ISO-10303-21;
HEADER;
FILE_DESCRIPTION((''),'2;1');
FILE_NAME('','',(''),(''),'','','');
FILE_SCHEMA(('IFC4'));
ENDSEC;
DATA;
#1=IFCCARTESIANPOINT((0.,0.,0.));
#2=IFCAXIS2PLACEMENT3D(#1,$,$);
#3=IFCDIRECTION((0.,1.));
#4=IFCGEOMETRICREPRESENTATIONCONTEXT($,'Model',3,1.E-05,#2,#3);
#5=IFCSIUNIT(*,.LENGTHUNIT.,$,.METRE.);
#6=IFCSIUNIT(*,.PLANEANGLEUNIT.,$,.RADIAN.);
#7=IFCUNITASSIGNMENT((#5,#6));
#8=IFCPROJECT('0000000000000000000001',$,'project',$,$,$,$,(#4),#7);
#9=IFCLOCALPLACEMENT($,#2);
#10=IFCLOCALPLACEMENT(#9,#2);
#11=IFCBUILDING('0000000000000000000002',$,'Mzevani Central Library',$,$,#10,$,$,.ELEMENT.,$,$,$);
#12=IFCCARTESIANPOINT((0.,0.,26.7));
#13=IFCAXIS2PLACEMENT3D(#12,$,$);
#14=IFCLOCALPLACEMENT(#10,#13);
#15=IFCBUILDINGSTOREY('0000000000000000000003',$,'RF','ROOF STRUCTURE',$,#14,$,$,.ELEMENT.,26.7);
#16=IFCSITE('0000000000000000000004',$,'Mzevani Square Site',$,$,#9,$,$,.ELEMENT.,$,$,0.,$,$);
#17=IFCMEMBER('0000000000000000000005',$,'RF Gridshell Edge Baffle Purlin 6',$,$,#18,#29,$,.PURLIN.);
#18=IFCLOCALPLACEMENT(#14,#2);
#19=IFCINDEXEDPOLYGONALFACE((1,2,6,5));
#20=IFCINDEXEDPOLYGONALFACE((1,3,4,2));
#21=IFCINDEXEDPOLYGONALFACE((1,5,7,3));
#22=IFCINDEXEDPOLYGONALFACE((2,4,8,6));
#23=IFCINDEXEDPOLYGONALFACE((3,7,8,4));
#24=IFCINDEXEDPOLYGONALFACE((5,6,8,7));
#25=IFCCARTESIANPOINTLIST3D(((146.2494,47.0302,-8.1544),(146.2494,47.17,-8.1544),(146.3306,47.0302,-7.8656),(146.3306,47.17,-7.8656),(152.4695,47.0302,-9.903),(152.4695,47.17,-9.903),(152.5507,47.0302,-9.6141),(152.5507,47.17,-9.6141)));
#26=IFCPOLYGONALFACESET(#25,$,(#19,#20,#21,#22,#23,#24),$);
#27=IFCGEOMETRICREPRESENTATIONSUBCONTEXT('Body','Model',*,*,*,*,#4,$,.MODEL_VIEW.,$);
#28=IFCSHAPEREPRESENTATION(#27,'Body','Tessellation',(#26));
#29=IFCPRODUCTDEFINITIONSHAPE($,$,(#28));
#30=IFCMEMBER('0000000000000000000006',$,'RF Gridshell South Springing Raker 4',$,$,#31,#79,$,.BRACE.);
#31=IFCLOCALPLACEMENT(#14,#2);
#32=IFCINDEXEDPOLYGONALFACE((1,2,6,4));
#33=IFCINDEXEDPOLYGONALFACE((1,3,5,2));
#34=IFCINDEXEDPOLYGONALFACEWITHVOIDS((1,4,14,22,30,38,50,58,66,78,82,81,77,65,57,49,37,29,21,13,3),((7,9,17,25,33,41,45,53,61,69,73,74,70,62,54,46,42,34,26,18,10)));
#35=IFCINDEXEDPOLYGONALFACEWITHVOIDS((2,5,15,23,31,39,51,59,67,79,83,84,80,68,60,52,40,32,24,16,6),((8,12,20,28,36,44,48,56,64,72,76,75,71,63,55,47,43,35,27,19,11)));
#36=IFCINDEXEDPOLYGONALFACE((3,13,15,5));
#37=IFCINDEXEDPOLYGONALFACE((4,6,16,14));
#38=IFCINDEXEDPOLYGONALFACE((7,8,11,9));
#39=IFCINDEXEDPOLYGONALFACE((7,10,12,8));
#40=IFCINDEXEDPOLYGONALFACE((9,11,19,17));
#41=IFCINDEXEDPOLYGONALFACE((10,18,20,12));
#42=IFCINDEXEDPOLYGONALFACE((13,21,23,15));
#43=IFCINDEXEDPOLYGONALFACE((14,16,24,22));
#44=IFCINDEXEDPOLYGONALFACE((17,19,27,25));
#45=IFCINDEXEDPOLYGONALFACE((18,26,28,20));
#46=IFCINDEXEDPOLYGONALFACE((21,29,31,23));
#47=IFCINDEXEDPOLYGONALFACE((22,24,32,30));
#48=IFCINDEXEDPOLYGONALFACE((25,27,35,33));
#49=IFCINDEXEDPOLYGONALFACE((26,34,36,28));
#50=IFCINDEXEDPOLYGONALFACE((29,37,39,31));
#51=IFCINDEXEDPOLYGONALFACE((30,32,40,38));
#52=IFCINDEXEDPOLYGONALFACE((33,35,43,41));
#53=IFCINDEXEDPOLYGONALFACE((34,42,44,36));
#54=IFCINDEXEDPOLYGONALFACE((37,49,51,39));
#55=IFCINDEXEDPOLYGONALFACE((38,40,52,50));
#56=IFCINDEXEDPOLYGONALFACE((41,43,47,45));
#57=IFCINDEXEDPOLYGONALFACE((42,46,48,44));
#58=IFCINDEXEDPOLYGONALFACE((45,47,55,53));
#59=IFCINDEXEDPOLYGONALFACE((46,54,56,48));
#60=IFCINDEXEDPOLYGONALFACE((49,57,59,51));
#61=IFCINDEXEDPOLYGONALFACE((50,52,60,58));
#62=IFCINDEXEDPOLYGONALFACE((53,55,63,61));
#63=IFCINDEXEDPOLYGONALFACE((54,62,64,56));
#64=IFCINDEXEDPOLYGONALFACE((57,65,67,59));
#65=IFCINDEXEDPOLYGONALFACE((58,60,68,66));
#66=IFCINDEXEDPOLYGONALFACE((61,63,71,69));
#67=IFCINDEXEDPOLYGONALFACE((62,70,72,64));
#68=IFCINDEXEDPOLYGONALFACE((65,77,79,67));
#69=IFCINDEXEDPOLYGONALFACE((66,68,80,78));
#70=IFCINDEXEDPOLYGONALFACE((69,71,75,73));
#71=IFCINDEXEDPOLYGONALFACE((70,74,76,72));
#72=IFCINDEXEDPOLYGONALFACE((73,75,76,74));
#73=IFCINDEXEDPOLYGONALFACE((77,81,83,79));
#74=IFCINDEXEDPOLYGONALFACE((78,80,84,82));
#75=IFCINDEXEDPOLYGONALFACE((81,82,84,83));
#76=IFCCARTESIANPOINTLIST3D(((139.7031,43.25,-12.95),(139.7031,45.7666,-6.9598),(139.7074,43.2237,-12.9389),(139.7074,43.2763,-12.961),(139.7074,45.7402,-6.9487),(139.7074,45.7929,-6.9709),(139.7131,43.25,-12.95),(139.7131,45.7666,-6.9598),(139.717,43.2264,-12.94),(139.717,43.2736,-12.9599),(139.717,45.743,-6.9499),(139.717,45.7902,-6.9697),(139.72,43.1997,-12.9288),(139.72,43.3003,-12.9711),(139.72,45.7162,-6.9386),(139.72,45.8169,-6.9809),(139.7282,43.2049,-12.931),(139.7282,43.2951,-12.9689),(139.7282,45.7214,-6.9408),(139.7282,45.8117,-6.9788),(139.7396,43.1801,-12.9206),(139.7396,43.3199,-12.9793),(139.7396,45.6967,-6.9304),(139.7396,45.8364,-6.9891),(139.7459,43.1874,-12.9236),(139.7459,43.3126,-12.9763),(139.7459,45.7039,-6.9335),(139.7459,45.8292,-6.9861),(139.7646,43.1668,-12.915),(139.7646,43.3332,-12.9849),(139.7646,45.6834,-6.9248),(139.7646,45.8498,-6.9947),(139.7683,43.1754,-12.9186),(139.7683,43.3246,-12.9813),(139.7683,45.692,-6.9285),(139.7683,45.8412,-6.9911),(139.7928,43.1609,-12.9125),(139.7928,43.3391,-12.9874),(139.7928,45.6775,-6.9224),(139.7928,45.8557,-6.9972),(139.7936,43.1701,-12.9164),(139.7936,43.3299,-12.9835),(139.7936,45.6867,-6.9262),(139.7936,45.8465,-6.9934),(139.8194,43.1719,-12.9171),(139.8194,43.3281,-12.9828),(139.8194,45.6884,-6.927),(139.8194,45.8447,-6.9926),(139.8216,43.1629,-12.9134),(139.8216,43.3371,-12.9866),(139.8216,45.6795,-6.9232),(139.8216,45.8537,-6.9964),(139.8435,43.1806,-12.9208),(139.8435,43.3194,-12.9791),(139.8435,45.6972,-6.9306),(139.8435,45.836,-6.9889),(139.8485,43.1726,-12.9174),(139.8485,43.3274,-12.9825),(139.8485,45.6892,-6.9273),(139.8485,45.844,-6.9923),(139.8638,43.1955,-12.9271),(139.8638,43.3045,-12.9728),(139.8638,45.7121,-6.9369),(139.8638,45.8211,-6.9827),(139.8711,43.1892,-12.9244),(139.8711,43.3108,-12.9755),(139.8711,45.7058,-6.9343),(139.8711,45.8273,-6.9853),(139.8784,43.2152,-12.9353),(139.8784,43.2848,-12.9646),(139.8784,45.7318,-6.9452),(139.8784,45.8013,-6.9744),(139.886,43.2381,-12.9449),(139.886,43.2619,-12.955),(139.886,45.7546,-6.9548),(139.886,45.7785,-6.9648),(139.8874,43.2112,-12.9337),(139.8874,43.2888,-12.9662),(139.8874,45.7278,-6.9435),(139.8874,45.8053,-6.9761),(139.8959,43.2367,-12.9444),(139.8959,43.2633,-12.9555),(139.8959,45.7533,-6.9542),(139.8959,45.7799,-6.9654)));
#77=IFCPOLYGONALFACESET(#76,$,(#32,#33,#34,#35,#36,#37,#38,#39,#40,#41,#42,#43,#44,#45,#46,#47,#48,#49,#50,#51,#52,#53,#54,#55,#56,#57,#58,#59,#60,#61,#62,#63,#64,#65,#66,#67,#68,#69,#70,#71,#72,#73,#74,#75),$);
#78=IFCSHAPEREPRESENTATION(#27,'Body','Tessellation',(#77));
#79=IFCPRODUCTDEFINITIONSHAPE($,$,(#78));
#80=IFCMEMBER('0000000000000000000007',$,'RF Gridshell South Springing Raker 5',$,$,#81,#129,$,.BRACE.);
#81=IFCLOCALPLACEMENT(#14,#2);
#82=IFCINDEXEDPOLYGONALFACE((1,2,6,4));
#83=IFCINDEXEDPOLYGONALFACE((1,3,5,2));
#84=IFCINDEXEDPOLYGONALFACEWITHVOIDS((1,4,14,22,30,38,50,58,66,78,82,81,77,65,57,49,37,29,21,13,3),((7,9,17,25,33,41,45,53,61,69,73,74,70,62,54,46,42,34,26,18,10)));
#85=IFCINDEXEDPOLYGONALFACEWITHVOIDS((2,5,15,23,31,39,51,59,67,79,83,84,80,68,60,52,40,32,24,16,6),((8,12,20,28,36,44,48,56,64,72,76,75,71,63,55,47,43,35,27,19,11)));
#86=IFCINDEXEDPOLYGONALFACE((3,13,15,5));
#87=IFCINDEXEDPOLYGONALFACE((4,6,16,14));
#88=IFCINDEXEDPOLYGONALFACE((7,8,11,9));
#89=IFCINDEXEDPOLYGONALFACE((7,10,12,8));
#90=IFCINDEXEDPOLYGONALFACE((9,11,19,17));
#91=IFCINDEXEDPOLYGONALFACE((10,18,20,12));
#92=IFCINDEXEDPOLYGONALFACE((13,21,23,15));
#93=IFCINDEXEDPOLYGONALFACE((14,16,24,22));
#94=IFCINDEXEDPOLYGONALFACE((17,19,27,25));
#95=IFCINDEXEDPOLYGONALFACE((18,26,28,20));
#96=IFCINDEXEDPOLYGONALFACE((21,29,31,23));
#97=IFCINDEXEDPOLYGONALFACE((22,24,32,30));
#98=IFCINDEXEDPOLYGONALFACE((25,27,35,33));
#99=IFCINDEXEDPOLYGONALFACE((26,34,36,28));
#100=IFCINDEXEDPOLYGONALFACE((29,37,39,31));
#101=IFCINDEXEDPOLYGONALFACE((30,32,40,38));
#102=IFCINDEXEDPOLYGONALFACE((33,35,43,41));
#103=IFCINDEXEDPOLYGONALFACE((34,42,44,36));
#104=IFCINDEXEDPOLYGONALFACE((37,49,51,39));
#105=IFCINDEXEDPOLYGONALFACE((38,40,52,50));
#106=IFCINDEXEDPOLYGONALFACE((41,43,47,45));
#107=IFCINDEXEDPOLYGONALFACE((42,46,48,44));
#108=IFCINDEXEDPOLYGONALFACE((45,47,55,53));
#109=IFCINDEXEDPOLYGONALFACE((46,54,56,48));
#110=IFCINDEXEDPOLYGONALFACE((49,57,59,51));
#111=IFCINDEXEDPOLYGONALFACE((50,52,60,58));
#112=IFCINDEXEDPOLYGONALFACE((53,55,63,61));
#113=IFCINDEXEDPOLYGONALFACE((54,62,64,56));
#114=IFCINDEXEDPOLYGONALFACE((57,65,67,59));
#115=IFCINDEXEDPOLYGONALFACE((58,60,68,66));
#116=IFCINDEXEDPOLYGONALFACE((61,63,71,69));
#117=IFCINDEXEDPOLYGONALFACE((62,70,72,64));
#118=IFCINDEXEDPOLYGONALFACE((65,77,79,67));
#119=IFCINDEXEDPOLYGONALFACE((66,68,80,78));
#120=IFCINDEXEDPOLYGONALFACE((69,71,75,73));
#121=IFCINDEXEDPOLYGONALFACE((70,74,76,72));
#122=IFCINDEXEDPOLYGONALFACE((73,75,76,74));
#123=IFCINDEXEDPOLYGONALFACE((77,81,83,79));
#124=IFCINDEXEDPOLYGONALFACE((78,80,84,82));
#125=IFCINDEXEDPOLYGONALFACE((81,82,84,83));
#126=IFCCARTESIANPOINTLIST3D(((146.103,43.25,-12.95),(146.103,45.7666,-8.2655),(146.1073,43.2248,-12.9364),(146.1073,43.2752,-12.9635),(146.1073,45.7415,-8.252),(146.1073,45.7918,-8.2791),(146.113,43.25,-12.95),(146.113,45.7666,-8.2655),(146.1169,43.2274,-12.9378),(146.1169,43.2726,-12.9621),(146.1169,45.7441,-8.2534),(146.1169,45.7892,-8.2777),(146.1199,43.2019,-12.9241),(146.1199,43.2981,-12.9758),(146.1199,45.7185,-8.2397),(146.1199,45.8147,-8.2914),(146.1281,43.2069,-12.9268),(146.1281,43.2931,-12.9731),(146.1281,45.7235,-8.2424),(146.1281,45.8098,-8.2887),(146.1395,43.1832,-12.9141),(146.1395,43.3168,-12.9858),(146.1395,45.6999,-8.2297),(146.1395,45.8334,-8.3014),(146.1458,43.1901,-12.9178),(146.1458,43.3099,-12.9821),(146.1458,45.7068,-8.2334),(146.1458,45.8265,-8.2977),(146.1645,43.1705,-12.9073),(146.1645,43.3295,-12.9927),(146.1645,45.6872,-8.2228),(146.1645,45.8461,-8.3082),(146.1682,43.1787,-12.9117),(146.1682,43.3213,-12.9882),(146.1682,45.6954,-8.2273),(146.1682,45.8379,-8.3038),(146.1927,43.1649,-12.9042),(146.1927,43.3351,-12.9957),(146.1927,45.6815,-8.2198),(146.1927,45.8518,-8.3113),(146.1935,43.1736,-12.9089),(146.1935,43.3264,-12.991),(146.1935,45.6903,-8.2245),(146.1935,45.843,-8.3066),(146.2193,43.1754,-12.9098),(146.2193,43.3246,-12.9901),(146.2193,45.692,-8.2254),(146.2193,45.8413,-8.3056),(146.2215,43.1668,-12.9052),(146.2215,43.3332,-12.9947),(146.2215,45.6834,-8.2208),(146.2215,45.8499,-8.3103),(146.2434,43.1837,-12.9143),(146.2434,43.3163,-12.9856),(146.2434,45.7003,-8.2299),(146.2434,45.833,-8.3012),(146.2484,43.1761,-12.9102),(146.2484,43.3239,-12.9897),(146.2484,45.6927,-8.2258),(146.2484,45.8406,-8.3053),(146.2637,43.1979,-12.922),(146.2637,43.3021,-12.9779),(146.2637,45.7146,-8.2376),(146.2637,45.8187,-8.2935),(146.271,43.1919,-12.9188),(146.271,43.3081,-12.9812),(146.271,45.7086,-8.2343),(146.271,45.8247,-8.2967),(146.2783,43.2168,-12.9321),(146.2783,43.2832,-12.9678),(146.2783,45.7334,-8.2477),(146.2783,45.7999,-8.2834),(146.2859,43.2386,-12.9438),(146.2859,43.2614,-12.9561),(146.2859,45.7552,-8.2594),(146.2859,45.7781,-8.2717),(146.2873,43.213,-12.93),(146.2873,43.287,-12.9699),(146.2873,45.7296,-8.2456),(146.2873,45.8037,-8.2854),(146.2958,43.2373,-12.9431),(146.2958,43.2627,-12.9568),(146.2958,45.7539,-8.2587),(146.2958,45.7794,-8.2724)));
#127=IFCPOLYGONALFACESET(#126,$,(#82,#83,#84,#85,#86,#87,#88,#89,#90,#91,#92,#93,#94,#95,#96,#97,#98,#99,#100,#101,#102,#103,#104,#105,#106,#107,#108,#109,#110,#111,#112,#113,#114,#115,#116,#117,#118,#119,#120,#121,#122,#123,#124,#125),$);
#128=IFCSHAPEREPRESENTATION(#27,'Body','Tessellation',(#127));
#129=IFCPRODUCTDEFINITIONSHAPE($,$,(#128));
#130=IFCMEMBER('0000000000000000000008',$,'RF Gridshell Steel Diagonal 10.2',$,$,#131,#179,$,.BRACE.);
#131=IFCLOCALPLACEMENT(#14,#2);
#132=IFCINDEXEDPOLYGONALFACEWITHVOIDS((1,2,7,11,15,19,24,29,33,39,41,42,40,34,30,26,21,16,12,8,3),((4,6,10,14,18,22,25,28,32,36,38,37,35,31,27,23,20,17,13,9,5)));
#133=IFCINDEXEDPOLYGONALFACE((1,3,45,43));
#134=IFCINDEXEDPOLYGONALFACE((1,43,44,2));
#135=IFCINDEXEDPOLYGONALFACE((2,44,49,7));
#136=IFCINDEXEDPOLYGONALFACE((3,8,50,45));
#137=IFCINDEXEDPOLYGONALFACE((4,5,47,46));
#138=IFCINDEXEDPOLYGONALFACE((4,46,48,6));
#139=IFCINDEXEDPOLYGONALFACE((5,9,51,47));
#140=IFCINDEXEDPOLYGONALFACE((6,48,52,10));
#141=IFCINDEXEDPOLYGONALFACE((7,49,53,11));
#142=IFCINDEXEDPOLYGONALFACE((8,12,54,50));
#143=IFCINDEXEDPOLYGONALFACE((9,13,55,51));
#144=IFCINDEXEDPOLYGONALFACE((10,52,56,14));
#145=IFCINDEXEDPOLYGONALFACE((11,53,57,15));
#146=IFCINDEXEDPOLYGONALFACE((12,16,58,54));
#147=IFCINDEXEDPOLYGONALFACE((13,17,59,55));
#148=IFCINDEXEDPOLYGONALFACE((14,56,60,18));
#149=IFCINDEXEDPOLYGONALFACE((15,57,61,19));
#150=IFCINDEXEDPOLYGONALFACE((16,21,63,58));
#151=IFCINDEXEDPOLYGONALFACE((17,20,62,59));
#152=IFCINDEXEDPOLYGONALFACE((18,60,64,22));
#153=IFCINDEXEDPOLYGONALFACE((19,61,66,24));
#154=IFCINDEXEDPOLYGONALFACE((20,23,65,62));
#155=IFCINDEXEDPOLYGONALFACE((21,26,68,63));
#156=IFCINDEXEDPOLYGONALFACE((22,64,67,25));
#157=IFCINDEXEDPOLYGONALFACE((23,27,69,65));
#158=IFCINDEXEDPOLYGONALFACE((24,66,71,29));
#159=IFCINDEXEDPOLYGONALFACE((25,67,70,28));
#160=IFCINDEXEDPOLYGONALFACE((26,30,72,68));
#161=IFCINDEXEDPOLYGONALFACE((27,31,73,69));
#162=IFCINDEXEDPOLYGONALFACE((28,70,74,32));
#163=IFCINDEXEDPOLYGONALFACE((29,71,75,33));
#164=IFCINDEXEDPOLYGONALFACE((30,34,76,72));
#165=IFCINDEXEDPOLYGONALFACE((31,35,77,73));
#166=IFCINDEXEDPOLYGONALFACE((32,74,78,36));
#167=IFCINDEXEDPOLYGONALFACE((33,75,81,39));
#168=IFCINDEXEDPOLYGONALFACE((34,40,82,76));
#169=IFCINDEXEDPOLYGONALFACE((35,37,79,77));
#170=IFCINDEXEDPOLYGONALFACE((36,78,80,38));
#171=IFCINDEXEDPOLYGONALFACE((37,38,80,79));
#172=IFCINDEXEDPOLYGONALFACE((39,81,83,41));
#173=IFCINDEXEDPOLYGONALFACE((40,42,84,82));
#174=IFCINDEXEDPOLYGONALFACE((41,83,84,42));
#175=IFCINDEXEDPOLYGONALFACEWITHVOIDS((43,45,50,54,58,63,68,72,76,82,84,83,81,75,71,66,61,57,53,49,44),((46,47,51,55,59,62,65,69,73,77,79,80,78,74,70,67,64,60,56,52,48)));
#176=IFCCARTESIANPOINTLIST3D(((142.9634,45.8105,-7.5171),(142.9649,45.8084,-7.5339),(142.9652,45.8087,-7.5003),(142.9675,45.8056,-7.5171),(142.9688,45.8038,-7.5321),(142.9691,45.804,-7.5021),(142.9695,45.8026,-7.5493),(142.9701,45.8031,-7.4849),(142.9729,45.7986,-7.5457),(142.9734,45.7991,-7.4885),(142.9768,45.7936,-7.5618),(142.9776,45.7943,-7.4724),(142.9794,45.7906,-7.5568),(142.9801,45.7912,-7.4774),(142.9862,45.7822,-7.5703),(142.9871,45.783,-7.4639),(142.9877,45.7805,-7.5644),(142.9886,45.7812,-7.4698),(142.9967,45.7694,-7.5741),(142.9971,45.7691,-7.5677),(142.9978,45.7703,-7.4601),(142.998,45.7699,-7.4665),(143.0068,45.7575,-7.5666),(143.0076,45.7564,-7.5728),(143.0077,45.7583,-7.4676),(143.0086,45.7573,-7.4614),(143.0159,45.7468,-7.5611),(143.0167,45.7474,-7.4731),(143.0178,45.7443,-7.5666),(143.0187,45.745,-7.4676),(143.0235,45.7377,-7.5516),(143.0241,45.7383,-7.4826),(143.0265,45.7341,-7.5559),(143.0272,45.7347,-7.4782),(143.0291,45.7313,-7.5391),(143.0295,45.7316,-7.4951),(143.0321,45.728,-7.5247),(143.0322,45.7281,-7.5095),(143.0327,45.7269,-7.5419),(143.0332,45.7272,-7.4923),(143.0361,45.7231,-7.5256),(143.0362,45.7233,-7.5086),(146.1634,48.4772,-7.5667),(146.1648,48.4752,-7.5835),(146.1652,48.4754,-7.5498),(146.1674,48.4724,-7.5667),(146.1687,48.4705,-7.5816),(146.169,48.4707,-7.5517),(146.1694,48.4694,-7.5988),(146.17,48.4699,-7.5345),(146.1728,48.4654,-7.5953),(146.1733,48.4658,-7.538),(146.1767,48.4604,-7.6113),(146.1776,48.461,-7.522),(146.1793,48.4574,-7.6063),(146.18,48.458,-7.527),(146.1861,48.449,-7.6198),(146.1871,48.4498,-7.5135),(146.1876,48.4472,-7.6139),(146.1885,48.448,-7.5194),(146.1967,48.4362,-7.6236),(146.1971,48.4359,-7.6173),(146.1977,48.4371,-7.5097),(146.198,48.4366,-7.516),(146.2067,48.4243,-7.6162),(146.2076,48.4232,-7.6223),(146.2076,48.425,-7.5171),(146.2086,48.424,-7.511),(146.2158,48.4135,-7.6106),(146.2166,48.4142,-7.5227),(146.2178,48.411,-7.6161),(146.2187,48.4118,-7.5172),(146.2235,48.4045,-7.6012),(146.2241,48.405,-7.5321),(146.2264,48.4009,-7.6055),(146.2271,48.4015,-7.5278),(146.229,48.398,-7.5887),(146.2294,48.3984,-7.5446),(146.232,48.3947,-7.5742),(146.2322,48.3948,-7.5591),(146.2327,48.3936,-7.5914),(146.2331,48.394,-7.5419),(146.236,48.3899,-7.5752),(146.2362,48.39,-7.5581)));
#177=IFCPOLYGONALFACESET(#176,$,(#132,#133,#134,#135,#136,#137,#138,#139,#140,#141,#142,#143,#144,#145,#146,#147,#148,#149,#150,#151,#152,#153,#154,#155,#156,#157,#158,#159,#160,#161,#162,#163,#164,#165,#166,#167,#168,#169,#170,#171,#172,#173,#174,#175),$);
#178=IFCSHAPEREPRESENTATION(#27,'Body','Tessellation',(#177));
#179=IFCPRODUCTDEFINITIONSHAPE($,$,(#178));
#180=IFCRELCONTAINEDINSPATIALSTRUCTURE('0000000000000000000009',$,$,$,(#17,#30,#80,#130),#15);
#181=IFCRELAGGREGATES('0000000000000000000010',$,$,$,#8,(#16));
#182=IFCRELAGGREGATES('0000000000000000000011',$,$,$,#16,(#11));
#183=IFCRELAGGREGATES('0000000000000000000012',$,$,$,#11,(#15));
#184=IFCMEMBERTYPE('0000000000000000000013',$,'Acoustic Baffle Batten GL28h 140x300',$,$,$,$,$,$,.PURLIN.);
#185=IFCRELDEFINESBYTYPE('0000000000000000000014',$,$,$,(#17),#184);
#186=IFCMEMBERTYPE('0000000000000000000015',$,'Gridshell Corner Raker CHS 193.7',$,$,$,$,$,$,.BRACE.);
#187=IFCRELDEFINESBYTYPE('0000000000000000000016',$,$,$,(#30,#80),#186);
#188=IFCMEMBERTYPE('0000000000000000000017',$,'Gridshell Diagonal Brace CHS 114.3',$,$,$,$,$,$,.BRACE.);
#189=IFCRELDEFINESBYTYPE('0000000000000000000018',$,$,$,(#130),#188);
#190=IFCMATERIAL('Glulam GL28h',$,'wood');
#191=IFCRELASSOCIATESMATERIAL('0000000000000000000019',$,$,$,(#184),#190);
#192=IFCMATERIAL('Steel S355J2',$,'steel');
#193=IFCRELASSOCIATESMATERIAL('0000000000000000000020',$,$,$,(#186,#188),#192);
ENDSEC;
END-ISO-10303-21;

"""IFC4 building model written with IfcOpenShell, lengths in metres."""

from ifc_helpers import new_model, si_unit, direction, frame, origin, origin_2d, place, context, subcontext, project, spatial, rectangle, hollow_circle, extrude, material, material_profile, profile_set, type_object, element, save


model = new_model("IFC4")

# Units and contexts
model_context = context("Model", 3, precision=1e-05, world=origin(), true_north=direction((0.0, 1.0)))
body_context = subcontext(model_context, "Body", "Model", "MODEL_VIEW")
ifc_project = project(units=[si_unit("LENGTHUNIT", "METRE"), si_unit("PLANEANGLEUNIT", "RADIAN")], contexts=[model_context])

# Site, building, storey
site_placement = place(None, origin())
site = spatial("IfcSite", under=ifc_project, at=site_placement, Name="Mzevani Square Site", CompositionType="ELEMENT", RefElevation=0.0)
building_placement = place(site_placement, origin())
building = spatial("IfcBuilding", under=site, at=building_placement, Name="Mzevani Central Library", CompositionType="ELEMENT")
storey_placement = place(building_placement, frame((0.0, 0.0, 26.7)))
storey = spatial("IfcBuildingStorey", under=building, at=storey_placement, Name="RF", Description="ROOF STRUCTURE", CompositionType="ELEMENT", Elevation=26.7)

# Members
ifc_material_1 = material(Name="Glulam GL28h", Category="wood")
ifc_material_profile_1 = material_profile(ifc_material_1, rectangle(XDim=0.1399, YDim=0.3, at=origin_2d()), Name="GL28h 140x300")
ifc_profile_set_1 = profile_set([ifc_material_profile_1], Name="Glulam GL28h")
member_type_1 = type_object("IfcMemberType", Name="Acoustic Baffle Batten GL28h 140x300", PredefinedType="PURLIN", material=ifc_profile_set_1)
member_1_placement = place(storey_placement, frame((146.29, 47.1001, -8.01), z_axis=(0.962684, 0.0, -0.270626), x_axis=(0.0, 1.0, 0.0)))
element("IfcMember", 1, at=member_1_placement, inside=storey, type_object=member_type_1, Name="RF Gridshell Edge Baffle Purlin 6", PredefinedType="PURLIN", context=body_context, shape_type="SweptSolid", body=[
    extrude(rectangle(XDim=0.1399, YDim=0.3, at=origin_2d()), origin(), (0.0, 0.0, 1.0), 6.4612),
])
ifc_material_2 = material(Name="Steel S355J2", Category="steel")
ifc_material_profile_2 = material_profile(ifc_material_2, hollow_circle(Radius=0.0969, WallThickness=0.01, at=origin_2d()), Name="CHS 193.7x10.0")
ifc_profile_set_2 = profile_set([ifc_material_profile_2], Name="Steel S355J2")
member_type_2 = type_object("IfcMemberType", Name="Gridshell Corner Raker CHS 193.7", PredefinedType="BRACE", material=ifc_profile_set_2)
member_2_placement = place(storey_placement, frame((139.8, 43.25, -12.95), z_axis=(0.0, 0.387324, 0.921943), x_axis=(-1.0, 0.0, 0.0)))
element("IfcMember", 2, at=member_2_placement, inside=storey, type_object=member_type_2, Name="RF Gridshell South Springing Raker 4", PredefinedType="BRACE", context=body_context, shape_type="SweptSolid", body=[
    extrude(hollow_circle(Radius=0.0969, WallThickness=0.01, at=origin_2d()), origin(), (0.0, 0.0, 1.0), 6.4973),
])
member_3_placement = place(storey_placement, frame((146.2, 43.25, -12.95), z_axis=(0.0, 0.473265, 0.88092), x_axis=(-1.0, 0.0, 0.0)))
element("IfcMember", 3, at=member_3_placement, inside=storey, type_object=member_type_2, Name="RF Gridshell South Springing Raker 5", PredefinedType="BRACE", context=body_context, shape_type="SweptSolid", body=[
    extrude(hollow_circle(Radius=0.0969, WallThickness=0.01, at=origin_2d()), origin(), (0.0, 0.0, 1.0), 5.3176),
])
ifc_material_profile_3 = material_profile(ifc_material_2, hollow_circle(Radius=0.0571, WallThickness=0.0063, at=origin_2d()), Name="CHS 114.3x6.3")
ifc_profile_set_3 = profile_set([ifc_material_profile_3], Name="Steel S355J2")
member_type_3 = type_object("IfcMemberType", Name="Gridshell Diagonal Brace CHS 114.3", PredefinedType="BRACE", material=ifc_profile_set_3)
member_4_placement = place(storey_placement, frame((143.0, 45.7666, -7.5171), z_axis=(0.768152, 0.640156, -0.011897), x_axis=(-0.640202, 0.768207, 0.0)))
element("IfcMember", 4, at=member_4_placement, inside=storey, type_object=member_type_3, Name="RF Gridshell Steel Diagonal 10.2", PredefinedType="BRACE", context=body_context, shape_type="SweptSolid", body=[
    extrude(hollow_circle(Radius=0.0571, WallThickness=0.0063, at=origin_2d()), origin(), (0.0, 0.0, 1.0), 4.1658),
])

save(model, "model.ifc")
